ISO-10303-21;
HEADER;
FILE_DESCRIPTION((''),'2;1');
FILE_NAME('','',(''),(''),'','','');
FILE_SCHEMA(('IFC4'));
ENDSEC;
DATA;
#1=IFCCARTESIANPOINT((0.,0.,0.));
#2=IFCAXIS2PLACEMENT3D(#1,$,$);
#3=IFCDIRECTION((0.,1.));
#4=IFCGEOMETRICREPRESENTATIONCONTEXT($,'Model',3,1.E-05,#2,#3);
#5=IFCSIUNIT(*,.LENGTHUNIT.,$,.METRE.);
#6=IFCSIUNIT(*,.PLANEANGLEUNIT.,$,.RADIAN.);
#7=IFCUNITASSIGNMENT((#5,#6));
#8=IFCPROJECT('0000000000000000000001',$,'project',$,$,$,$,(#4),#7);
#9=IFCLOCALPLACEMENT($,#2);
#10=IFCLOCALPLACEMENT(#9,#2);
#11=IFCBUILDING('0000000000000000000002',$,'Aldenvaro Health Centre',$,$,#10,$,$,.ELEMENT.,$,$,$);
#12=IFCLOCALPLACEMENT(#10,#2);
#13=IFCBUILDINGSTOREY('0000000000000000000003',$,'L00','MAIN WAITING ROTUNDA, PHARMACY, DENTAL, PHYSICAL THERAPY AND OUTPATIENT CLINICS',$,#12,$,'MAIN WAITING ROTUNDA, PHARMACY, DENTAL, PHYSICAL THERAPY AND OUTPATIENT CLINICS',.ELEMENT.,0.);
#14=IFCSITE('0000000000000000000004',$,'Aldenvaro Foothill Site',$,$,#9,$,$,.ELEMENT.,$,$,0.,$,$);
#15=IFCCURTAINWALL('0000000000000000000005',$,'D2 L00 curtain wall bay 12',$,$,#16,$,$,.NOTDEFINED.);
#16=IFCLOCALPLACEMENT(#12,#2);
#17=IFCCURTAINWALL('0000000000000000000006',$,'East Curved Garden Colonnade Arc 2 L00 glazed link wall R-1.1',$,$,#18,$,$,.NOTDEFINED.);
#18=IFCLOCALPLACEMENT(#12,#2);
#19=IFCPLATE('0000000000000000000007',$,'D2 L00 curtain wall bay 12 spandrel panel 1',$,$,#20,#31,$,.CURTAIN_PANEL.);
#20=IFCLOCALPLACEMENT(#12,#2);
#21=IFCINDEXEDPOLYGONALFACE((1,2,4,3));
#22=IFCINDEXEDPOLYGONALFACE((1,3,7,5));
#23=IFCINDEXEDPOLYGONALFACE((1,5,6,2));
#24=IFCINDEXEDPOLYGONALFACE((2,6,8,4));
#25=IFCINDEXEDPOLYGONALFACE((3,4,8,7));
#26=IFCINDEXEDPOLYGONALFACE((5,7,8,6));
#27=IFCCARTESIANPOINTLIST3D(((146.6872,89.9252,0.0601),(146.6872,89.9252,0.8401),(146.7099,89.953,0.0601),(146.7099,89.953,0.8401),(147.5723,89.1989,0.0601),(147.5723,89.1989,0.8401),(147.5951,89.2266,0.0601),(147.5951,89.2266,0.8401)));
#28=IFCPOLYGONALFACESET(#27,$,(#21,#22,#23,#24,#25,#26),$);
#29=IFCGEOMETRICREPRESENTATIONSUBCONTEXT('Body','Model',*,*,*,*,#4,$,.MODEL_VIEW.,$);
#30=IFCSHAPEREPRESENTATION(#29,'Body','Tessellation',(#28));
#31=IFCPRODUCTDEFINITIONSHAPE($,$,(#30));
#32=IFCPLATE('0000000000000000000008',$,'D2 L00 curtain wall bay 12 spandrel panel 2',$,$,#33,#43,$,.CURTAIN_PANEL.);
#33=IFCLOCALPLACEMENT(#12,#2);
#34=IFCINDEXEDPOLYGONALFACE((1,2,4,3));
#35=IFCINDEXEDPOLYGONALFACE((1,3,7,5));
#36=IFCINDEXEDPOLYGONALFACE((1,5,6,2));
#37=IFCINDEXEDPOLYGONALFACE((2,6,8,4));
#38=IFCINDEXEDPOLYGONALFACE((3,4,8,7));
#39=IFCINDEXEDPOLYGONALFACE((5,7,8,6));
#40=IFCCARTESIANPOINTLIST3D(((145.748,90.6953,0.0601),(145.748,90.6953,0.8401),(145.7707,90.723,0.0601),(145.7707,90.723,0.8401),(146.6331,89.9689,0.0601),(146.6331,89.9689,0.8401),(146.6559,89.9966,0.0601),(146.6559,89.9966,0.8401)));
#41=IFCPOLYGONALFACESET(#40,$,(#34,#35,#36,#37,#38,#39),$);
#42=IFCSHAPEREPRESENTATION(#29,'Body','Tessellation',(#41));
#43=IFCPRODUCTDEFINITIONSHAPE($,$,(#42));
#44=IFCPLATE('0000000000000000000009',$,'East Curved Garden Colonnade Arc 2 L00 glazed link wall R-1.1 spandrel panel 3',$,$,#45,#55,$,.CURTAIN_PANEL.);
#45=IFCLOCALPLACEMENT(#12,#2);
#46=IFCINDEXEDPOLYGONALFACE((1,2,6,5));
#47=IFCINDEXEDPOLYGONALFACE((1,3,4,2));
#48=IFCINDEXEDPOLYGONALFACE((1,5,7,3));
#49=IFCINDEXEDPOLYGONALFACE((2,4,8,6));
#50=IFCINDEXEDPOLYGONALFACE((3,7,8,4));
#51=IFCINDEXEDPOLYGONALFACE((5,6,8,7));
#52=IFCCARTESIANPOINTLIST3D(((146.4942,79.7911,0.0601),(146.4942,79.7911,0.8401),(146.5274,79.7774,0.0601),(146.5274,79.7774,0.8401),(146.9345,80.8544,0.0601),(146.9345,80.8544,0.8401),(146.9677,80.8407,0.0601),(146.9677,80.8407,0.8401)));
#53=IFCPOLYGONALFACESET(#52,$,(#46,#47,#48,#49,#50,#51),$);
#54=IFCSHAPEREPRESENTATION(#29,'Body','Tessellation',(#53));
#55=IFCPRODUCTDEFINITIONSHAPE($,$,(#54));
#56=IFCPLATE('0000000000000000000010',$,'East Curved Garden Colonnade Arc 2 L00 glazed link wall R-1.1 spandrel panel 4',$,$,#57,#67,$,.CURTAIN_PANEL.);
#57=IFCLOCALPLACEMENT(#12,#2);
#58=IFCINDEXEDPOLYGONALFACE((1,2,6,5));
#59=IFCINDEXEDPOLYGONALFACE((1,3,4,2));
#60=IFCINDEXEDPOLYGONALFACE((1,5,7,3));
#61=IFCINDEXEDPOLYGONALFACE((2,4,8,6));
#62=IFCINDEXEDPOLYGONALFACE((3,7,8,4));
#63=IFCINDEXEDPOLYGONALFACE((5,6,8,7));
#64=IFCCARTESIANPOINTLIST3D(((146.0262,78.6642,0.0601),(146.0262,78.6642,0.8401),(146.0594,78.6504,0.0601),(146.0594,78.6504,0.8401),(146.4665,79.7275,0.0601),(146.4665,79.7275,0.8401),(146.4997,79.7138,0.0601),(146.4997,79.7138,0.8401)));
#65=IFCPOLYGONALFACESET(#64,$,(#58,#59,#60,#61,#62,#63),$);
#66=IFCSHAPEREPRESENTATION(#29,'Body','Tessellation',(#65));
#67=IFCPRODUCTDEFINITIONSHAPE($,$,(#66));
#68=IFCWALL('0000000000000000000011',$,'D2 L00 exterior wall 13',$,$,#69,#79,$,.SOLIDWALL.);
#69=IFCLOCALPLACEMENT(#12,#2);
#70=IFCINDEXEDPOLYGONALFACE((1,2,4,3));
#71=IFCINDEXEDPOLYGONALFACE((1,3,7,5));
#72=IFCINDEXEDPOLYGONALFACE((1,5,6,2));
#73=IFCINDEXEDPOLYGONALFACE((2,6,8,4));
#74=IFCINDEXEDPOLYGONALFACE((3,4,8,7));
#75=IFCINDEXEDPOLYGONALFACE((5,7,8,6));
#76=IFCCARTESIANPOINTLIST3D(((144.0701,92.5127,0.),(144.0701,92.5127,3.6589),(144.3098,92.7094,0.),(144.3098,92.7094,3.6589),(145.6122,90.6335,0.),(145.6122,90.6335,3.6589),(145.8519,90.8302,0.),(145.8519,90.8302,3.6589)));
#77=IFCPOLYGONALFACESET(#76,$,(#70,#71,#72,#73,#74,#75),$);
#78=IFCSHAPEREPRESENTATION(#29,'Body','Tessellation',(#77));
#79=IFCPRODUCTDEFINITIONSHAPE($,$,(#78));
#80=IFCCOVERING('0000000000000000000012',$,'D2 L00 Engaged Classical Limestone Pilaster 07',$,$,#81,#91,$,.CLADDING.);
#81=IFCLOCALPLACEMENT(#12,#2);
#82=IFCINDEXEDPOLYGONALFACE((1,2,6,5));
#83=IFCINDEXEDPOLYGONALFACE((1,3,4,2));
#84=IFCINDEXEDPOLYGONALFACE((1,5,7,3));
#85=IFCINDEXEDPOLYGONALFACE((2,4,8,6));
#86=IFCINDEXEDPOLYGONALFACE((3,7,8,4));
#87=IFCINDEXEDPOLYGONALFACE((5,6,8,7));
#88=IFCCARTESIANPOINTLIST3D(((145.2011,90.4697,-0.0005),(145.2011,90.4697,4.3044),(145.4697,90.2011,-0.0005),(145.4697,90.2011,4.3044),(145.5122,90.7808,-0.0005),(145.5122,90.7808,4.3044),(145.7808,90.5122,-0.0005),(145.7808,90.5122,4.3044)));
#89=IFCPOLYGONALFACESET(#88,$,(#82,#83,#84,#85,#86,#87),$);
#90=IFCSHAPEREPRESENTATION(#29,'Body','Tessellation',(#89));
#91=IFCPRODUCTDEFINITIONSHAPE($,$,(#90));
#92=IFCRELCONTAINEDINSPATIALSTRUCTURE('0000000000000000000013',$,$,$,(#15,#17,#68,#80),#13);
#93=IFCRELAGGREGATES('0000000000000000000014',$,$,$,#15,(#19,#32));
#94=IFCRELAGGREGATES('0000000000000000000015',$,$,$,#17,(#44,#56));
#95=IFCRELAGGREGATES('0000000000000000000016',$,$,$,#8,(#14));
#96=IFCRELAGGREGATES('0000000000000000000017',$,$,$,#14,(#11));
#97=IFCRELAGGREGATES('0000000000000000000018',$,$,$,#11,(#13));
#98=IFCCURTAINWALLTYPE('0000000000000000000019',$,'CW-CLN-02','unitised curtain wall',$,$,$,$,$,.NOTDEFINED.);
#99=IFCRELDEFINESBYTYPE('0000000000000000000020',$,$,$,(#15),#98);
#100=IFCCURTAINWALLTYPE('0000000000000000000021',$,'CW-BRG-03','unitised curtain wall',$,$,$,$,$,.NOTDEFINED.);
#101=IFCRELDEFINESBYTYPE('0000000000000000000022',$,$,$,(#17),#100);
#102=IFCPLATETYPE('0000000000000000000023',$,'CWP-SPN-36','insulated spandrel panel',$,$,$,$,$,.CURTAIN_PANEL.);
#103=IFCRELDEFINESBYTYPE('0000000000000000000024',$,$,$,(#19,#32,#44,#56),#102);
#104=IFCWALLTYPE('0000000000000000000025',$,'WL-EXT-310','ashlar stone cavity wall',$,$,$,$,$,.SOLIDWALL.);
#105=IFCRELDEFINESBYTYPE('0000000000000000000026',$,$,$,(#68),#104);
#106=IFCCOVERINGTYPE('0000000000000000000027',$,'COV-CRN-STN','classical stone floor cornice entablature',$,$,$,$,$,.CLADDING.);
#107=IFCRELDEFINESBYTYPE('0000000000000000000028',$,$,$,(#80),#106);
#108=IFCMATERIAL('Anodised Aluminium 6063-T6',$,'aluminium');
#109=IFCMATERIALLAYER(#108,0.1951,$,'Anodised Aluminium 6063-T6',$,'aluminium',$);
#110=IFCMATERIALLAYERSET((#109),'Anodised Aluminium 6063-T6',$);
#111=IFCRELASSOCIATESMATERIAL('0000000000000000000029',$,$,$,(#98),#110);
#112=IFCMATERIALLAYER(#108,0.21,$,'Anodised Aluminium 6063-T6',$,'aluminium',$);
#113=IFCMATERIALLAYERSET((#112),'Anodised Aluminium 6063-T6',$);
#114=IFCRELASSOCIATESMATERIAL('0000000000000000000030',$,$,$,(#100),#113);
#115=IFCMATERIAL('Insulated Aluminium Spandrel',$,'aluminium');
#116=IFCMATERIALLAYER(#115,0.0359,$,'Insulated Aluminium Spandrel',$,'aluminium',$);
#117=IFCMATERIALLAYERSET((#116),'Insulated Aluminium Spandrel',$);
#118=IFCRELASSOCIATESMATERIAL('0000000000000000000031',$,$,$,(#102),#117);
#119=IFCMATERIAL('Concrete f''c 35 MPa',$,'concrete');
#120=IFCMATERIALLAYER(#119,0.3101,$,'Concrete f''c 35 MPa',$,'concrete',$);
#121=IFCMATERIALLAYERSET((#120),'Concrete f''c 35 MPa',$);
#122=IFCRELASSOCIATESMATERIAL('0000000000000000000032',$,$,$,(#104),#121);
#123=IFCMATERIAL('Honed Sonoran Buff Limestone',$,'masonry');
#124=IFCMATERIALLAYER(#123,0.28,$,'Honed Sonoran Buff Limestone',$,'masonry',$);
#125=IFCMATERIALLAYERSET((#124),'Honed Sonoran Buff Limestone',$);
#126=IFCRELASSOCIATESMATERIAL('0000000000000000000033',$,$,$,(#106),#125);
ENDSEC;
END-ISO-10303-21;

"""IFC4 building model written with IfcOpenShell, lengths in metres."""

from ifc_helpers import new_model, si_unit, direction, frame, frame_2d, origin, origin_2d, place, context, subcontext, project, spatial, rectangle, extrude, material, layer, layer_set, type_object, element, aggregate, save


model = new_model("IFC4")

# Units and contexts
model_context = context("Model", 3, precision=1e-05, world=origin(), true_north=direction((0.0, 1.0)))
body_context = subcontext(model_context, "Body", "Model", "MODEL_VIEW")
ifc_project = project(units=[si_unit("LENGTHUNIT", "METRE"), si_unit("PLANEANGLEUNIT", "RADIAN")], contexts=[model_context])

# Site, building, storey
site_placement = place(None, origin())
site = spatial("IfcSite", under=ifc_project, at=site_placement, Name="Aldenvaro Foothill Site", CompositionType="ELEMENT", RefElevation=0.0)
building_placement = place(site_placement, origin())
building = spatial("IfcBuilding", under=site, at=building_placement, Name="Aldenvaro Health Centre", CompositionType="ELEMENT")
storey_placement = place(building_placement, origin())
storey = spatial("IfcBuildingStorey", under=building, at=storey_placement, Name="L00", Description="MAIN WAITING ROTUNDA, PHARMACY, DENTAL, PHYSICAL THERAPY AND OUTPATIENT CLINICS", LongName="MAIN WAITING ROTUNDA, PHARMACY, DENTAL, PHYSICAL THERAPY AND OUTPATIENT CLINICS", CompositionType="ELEMENT", Elevation=0.0)

# Curtain walls
ifc_material_1 = material(Name="Anodised Aluminium 6063-T6", Category="aluminium")
ifc_layer_1 = layer(ifc_material_1, 0.1951, Name="Anodised Aluminium 6063-T6", Category="aluminium")
ifc_layer_set_1 = layer_set([ifc_layer_1], Name="Anodised Aluminium 6063-T6")
curtain_wall_type_1 = type_object("IfcCurtainWallType", Name="CW-CLN-02", Description="unitised curtain wall", PredefinedType="NOTDEFINED", material=ifc_layer_set_1)
curtain_wall_1_placement = place(storey_placement, origin())
curtain_wall_1 = element("IfcCurtainWall", 1, at=curtain_wall_1_placement, inside=storey, type_object=curtain_wall_type_1, Name="D2 L00 curtain wall bay 12", PredefinedType="NOTDEFINED")
ifc_layer_2 = layer(ifc_material_1, 0.21, Name="Anodised Aluminium 6063-T6", Category="aluminium")
ifc_layer_set_2 = layer_set([ifc_layer_2], Name="Anodised Aluminium 6063-T6")
curtain_wall_type_2 = type_object("IfcCurtainWallType", Name="CW-BRG-03", Description="unitised curtain wall", PredefinedType="NOTDEFINED", material=ifc_layer_set_2)
curtain_wall_2_placement = place(storey_placement, origin())
curtain_wall_2 = element("IfcCurtainWall", 2, at=curtain_wall_2_placement, inside=storey, type_object=curtain_wall_type_2, Name="East Curved Garden Colonnade Arc 2 L00 glazed link wall R-1.1", PredefinedType="NOTDEFINED")

# Plates
ifc_material_2 = material(Name="Insulated Aluminium Spandrel", Category="aluminium")
ifc_layer_3 = layer(ifc_material_2, 0.0359, Name="Insulated Aluminium Spandrel", Category="aluminium")
ifc_layer_set_3 = layer_set([ifc_layer_3], Name="Insulated Aluminium Spandrel")
plate_type_1 = type_object("IfcPlateType", Name="CWP-SPN-36", Description="insulated spandrel panel", PredefinedType="CURTAIN_PANEL", material=ifc_layer_set_3)
plate_1_placement = place(storey_placement, frame((147.1411, 89.5759, 0.0601), z_axis=(0.0, 0.0, 1.0), x_axis=(-0.773022, 0.63438, 0.0)))
plate_1 = element("IfcPlate", 3, at=plate_1_placement, type_object=plate_type_1, Name="D2 L00 curtain wall bay 12 spandrel panel 1", PredefinedType="CURTAIN_PANEL", context=body_context, shape_type="SweptSolid", body=[
    extrude(rectangle(XDim=1.145, YDim=0.0359, at=origin_2d()), origin(), (0.0, 0.0, 1.0), 0.78),
])
plate_2_placement = place(storey_placement, frame((146.2019, 90.3459, 0.0601), z_axis=(0.0, 0.0, 1.0), x_axis=(-0.773022, 0.63438, 0.0)))
plate_2 = element("IfcPlate", 4, at=plate_2_placement, type_object=plate_type_1, Name="D2 L00 curtain wall bay 12 spandrel panel 2", PredefinedType="CURTAIN_PANEL", context=body_context, shape_type="SweptSolid", body=[
    extrude(rectangle(XDim=1.145, YDim=0.0359, at=origin_2d()), origin(), (0.0, 0.0, 1.0), 0.78),
])
aggregate(curtain_wall_1, [plate_1, plate_2])
plate_3_placement = place(storey_placement, frame((146.731, 80.3159, 0.0601), z_axis=(0.0, 0.0, 1.0), x_axis=(-0.382569, -0.923927, 0.0)))
plate_3 = element("IfcPlate", 5, at=plate_3_placement, type_object=plate_type_1, Name="East Curved Garden Colonnade Arc 2 L00 glazed link wall R-1.1 spandrel panel 3", PredefinedType="CURTAIN_PANEL", context=body_context, shape_type="SweptSolid", body=[
    extrude(rectangle(XDim=1.1509, YDim=0.0359, at=origin_2d()), origin(), (0.0, 0.0, 1.0), 0.78),
])
plate_4_placement = place(storey_placement, frame((146.2629, 79.189, 0.0601), z_axis=(0.0, 0.0, 1.0), x_axis=(-0.382569, -0.923927, 0.0)))
plate_4 = element("IfcPlate", 6, at=plate_4_placement, type_object=plate_type_1, Name="East Curved Garden Colonnade Arc 2 L00 glazed link wall R-1.1 spandrel panel 4", PredefinedType="CURTAIN_PANEL", context=body_context, shape_type="SweptSolid", body=[
    extrude(rectangle(XDim=1.1509, YDim=0.0359, at=origin_2d()), origin(), (0.0, 0.0, 1.0), 0.78),
])
aggregate(curtain_wall_2, [plate_3, plate_4])

# Wall
ifc_material_3 = material(Name="Concrete f'c 35 MPa", Category="concrete")
ifc_layer_4 = layer(ifc_material_3, 0.3101, Name="Concrete f'c 35 MPa", Category="concrete")
ifc_layer_set_4 = layer_set([ifc_layer_4], Name="Concrete f'c 35 MPa")
wall_type = type_object("IfcWallType", Name="WL-EXT-310", Description="ashlar stone cavity wall", PredefinedType="SOLIDWALL", material=ifc_layer_set_4)
wall_placement = place(storey_placement, frame((145.7319, 90.7319, 0.0), z_axis=(0.0, 0.0, 1.0), x_axis=(-0.634347, 0.773048, 0.0)))
element("IfcWall", 7, at=wall_placement, inside=storey, type_object=wall_type, Name="D2 L00 exterior wall 13", PredefinedType="SOLIDWALL", context=body_context, shape_type="SweptSolid", body=[
    extrude(rectangle(XDim=2.4309, YDim=0.3101, at=frame_2d((1.2153, 0.0))), origin(), (0.0, 0.0, 1.0), 3.6589),
])

# Covering
ifc_material_4 = material(Name="Honed Sonoran Buff Limestone", Category="masonry")
ifc_layer_5 = layer(ifc_material_4, 0.28, Name="Honed Sonoran Buff Limestone", Category="masonry")
ifc_layer_set_5 = layer_set([ifc_layer_5], Name="Honed Sonoran Buff Limestone")
covering_type = type_object("IfcCoveringType", Name="COV-CRN-STN", Description="classical stone floor cornice entablature", PredefinedType="CLADDING", material=ifc_layer_set_5)
covering_placement = place(storey_placement, frame((145.491, 90.491, -0.0005), z_axis=(0.0, 0.0, 1.0), x_axis=(-0.707107, -0.707107, 0.0)))
element("IfcCovering", 8, at=covering_placement, inside=storey, type_object=covering_type, Name="D2 L00 Engaged Classical Limestone Pilaster 07", PredefinedType="CLADDING", context=body_context, shape_type="SweptSolid", body=[
    extrude(rectangle(XDim=0.4399, YDim=0.3799, at=origin_2d()), origin(), (0.0, 0.0, 1.0), 4.3049),
])

save(model, "model.ifc")
